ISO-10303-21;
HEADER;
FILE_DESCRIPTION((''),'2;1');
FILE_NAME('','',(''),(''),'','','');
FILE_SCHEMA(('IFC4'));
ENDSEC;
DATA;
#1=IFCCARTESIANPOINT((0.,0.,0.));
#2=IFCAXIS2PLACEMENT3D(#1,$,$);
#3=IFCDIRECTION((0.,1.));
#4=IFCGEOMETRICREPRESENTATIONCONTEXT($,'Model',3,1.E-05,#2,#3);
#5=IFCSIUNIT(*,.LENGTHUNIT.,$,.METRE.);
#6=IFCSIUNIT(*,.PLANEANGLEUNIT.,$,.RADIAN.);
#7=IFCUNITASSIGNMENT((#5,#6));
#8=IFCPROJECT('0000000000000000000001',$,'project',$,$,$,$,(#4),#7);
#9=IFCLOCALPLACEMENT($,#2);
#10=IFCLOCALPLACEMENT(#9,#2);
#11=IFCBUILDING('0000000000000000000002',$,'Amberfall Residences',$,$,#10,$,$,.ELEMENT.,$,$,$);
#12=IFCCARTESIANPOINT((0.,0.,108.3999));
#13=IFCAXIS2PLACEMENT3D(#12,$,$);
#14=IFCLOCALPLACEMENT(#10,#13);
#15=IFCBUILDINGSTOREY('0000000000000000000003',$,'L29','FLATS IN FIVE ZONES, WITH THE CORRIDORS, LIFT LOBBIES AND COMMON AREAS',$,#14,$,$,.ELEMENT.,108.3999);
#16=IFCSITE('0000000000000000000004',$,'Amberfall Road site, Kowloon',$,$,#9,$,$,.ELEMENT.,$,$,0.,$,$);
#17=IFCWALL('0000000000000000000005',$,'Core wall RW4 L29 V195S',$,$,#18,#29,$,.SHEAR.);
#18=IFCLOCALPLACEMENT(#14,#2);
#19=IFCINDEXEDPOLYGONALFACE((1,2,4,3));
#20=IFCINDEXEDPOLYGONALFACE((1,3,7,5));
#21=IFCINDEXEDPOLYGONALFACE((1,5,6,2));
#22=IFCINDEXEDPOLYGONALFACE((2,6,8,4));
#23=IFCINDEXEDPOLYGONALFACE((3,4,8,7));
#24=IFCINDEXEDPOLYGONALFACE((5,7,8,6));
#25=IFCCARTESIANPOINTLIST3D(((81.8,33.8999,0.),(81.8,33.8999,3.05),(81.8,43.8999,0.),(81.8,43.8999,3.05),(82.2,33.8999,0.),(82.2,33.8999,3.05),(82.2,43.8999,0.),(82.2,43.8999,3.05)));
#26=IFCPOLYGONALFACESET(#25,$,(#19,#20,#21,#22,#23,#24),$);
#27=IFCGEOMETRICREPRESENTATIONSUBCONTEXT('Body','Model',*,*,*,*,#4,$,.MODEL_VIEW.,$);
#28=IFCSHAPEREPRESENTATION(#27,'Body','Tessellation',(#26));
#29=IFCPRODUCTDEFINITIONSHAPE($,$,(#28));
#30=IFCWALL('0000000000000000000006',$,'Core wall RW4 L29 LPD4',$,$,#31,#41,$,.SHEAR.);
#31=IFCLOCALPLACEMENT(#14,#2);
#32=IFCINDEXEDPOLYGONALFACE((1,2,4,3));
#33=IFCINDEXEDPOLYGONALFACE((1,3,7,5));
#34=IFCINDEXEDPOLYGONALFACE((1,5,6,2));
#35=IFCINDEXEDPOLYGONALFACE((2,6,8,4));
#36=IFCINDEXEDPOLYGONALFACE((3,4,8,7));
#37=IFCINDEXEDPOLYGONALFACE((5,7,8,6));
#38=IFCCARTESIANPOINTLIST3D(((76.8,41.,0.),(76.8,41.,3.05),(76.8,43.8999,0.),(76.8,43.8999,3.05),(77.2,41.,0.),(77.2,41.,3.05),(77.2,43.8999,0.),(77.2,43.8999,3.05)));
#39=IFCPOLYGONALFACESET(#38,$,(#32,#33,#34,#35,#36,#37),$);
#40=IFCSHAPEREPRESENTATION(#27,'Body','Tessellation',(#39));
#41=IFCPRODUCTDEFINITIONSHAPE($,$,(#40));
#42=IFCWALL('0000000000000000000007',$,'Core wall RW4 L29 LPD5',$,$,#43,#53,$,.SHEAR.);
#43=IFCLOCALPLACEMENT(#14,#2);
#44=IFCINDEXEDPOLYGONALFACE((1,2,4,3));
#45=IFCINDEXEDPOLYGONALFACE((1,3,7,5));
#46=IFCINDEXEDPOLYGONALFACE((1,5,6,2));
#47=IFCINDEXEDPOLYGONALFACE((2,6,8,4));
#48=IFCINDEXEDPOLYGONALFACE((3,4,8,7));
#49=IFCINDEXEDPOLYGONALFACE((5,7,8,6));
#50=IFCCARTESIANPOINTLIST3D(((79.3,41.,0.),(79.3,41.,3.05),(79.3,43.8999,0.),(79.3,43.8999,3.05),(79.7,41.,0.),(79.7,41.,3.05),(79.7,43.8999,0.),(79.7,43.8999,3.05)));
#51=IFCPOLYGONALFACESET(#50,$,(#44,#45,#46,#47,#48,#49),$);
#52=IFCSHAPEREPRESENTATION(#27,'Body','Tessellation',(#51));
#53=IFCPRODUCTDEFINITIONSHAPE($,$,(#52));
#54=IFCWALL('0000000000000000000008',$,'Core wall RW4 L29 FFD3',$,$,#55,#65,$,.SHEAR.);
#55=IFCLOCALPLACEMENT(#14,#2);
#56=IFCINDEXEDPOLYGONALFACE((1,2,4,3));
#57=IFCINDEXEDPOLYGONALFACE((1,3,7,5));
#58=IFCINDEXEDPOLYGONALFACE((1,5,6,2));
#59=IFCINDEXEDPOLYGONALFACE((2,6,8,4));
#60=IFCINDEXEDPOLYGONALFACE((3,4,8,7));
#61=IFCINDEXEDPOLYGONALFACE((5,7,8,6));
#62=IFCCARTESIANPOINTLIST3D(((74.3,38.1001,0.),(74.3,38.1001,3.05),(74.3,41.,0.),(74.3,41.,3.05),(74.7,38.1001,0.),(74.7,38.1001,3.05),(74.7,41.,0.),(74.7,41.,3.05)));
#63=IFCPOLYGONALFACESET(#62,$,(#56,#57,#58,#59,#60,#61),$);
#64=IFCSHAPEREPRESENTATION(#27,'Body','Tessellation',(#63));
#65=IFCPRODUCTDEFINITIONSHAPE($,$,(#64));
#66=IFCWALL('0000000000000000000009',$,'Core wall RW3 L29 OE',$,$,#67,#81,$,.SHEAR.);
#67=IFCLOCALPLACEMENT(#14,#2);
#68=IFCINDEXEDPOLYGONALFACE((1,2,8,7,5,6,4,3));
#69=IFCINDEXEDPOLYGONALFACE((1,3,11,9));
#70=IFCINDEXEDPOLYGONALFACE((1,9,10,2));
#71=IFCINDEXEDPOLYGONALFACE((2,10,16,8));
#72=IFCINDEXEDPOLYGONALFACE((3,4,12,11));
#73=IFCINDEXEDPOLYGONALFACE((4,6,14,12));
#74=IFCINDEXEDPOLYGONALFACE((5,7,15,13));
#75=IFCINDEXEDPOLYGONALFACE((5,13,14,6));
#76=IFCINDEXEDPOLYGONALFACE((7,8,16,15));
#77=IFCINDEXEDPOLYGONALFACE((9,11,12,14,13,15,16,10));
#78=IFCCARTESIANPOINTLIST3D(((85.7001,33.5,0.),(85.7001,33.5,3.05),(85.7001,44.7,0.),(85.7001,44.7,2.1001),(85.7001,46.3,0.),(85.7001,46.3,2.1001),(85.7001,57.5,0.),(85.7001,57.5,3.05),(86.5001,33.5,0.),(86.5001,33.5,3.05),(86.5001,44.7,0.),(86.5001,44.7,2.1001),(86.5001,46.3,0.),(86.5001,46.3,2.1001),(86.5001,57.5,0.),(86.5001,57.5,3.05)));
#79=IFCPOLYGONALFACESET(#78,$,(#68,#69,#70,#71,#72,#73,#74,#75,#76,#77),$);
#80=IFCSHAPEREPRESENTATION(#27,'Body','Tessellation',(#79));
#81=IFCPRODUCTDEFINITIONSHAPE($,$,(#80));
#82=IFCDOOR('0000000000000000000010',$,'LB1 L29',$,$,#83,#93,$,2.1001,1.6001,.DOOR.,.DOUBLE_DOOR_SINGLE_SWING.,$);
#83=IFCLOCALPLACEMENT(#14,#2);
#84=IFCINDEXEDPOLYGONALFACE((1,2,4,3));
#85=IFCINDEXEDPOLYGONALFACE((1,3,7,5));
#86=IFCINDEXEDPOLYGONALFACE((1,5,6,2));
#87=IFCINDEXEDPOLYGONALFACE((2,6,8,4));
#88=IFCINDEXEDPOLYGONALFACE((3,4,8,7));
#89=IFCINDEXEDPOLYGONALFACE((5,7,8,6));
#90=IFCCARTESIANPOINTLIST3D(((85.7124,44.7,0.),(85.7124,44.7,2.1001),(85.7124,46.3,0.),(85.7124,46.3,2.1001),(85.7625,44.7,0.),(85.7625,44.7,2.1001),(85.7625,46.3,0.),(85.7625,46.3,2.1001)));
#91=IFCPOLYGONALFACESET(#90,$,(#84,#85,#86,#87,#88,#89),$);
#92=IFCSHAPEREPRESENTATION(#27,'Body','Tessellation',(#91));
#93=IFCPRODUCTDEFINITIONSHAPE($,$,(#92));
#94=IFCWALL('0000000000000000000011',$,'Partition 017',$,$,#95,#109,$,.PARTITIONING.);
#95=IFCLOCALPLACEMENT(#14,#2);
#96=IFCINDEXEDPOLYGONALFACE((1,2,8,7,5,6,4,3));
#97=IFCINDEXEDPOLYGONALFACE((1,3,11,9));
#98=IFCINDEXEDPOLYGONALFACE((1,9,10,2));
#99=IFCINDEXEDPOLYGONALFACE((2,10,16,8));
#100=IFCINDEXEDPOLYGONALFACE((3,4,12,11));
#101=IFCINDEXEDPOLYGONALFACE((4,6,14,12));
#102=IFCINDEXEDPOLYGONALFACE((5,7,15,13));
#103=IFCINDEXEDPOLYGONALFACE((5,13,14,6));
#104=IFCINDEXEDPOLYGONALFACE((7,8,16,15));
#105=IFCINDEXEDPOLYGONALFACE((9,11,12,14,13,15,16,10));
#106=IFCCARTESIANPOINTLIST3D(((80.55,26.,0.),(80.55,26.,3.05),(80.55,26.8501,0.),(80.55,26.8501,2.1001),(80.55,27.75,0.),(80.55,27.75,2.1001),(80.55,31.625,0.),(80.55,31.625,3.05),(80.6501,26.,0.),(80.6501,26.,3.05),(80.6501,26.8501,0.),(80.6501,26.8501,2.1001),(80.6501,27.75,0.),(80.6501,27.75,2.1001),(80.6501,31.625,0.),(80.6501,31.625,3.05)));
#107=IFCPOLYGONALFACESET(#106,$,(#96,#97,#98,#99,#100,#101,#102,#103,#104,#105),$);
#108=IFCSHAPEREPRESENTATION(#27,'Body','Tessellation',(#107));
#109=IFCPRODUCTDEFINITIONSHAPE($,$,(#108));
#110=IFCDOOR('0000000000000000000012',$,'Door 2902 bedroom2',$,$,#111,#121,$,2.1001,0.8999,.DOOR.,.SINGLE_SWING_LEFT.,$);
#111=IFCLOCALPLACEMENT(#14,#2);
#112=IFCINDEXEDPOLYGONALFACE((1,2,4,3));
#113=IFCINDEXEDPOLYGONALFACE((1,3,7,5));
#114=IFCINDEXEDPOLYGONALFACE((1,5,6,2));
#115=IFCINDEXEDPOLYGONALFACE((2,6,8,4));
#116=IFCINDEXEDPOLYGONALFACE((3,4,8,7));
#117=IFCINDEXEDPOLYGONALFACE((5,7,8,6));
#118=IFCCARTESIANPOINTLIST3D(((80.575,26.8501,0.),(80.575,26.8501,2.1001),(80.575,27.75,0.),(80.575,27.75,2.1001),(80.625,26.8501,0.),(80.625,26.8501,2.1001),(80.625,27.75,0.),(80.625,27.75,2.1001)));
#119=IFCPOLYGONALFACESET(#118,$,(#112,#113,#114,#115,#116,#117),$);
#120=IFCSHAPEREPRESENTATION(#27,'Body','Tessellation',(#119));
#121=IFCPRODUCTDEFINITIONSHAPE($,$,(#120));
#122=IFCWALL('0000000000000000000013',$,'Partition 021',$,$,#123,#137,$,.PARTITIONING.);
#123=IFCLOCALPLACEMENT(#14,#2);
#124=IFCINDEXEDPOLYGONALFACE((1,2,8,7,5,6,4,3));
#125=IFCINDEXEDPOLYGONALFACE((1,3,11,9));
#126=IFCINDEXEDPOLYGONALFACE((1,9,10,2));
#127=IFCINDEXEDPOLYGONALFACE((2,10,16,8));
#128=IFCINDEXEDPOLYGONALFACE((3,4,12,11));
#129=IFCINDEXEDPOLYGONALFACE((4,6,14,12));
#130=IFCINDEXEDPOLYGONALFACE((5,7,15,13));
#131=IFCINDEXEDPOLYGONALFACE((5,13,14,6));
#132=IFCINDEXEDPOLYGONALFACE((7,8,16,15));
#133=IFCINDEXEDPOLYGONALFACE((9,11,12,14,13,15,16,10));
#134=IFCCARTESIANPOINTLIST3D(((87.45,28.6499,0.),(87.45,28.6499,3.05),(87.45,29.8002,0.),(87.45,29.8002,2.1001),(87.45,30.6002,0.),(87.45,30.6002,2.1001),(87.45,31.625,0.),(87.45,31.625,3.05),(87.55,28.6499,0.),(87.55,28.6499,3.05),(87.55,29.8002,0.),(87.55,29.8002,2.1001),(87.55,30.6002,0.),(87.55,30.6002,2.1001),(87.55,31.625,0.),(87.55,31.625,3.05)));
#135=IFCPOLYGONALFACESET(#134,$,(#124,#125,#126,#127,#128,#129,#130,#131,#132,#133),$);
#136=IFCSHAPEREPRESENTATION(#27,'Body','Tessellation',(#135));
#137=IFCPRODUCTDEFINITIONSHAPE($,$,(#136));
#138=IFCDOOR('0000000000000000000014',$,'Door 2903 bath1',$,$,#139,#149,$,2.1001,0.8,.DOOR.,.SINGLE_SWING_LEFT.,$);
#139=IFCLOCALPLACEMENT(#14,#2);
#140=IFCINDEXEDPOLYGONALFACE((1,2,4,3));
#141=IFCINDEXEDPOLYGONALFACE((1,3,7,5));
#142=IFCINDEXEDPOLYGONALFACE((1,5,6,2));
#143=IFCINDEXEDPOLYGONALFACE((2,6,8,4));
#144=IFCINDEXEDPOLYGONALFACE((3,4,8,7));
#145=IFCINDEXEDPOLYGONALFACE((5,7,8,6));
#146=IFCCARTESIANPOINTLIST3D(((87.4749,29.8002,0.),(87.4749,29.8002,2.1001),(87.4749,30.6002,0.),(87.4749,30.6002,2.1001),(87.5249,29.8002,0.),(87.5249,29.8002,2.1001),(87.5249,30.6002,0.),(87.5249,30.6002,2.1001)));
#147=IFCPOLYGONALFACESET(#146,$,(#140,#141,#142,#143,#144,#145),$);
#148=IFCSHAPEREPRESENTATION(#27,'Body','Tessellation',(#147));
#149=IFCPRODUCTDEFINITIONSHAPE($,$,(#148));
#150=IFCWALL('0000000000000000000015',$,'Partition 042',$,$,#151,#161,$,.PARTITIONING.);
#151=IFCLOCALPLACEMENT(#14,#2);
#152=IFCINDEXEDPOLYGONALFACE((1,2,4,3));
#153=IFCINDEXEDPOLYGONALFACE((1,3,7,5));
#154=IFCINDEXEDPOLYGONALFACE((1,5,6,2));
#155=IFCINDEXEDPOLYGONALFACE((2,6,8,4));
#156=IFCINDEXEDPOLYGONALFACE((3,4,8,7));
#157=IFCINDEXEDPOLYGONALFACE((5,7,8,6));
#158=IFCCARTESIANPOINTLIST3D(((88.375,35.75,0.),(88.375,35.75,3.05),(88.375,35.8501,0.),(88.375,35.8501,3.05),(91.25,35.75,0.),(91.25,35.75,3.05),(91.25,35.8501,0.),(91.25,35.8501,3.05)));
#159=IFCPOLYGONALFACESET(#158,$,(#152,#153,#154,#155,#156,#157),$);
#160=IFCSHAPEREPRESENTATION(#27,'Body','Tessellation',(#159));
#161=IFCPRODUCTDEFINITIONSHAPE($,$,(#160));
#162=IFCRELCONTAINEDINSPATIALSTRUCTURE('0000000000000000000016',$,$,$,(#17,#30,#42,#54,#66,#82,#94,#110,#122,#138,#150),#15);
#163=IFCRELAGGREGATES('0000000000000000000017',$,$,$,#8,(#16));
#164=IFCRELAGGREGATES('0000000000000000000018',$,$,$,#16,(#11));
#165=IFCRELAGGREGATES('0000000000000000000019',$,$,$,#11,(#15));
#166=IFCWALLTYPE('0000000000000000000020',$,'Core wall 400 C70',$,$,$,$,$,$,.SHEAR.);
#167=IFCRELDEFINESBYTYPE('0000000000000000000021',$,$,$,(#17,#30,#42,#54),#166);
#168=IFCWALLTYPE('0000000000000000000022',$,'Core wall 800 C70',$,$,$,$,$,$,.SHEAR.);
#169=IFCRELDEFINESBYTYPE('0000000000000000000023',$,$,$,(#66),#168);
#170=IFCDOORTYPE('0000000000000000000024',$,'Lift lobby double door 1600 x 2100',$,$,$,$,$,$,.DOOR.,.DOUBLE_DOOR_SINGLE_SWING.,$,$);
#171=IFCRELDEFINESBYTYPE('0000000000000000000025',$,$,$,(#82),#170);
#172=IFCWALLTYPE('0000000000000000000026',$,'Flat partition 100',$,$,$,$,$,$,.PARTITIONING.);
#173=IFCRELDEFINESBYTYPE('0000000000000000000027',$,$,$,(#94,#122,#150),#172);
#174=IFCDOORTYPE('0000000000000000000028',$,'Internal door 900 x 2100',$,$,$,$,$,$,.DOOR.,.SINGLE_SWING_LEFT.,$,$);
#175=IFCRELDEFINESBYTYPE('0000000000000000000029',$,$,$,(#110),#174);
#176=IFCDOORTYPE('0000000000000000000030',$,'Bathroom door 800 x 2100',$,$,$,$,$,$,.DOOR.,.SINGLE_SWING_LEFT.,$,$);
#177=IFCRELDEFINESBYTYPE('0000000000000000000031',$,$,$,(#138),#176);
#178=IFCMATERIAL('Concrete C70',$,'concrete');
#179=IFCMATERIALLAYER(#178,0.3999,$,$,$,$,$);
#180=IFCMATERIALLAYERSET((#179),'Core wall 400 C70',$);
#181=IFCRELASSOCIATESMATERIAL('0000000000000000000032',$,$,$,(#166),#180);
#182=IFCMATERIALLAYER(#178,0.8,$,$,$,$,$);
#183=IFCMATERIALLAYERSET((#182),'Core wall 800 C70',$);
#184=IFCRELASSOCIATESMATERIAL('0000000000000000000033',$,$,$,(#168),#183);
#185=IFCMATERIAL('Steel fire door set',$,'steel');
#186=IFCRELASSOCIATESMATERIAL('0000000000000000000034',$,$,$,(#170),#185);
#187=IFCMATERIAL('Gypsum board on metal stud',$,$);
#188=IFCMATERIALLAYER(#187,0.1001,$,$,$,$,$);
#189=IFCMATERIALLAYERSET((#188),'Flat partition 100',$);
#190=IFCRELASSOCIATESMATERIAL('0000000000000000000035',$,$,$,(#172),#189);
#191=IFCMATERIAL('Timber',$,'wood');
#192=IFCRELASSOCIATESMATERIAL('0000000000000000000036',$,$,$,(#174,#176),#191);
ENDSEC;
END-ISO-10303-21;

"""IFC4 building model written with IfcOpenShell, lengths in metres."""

from ifc_helpers import new_model, si_unit, direction, frame, frame_2d, origin, place, context, subcontext, project, spatial, rectangle, extrude, material, layer, layer_set, type_object, element, fill, save


model = new_model("IFC4")

# Units and contexts
model_context = context("Model", 3, precision=1e-05, world=origin(), true_north=direction((0.0, 1.0)))
body_context = subcontext(model_context, "Body", "Model", "MODEL_VIEW")
ifc_project = project(units=[si_unit("LENGTHUNIT", "METRE"), si_unit("PLANEANGLEUNIT", "RADIAN")], contexts=[model_context])

# Site, building, storey
site_placement = place(None, origin())
site = spatial("IfcSite", under=ifc_project, at=site_placement, Name="Amberfall Road site, Kowloon", CompositionType="ELEMENT", RefElevation=0.0)
building_placement = place(site_placement, origin())
building = spatial("IfcBuilding", under=site, at=building_placement, Name="Amberfall Residences", CompositionType="ELEMENT")
storey_placement = place(building_placement, frame((0.0, 0.0, 108.3999)))
storey = spatial("IfcBuildingStorey", under=building, at=storey_placement, Name="L29", Description="FLATS IN FIVE ZONES, WITH THE CORRIDORS, LIFT LOBBIES AND COMMON AREAS", CompositionType="ELEMENT", Elevation=108.3999)

# Walls
ifc_material_1 = material(Name="Concrete C70", Category="concrete")
ifc_layer_1 = layer(ifc_material_1, 0.3999)
ifc_layer_set_1 = layer_set([ifc_layer_1], Name="Core wall 400 C70")
wall_type_1 = type_object("IfcWallType", Name="Core wall 400 C70", PredefinedType="SHEAR", material=ifc_layer_set_1)
wall_1_placement = place(storey_placement, frame((82.0, 33.8999, 0.0), z_axis=(0.0, 0.0, 1.0), x_axis=(0.0, 1.0, 0.0)))
element("IfcWall", 1, at=wall_1_placement, inside=storey, type_object=wall_type_1, Name="Core wall RW4 L29 V195S", PredefinedType="SHEAR", context=body_context, shape_type="SweptSolid", body=[
    extrude(rectangle(XDim=10.0, YDim=0.3999, at=frame_2d((5.0, 0.0))), origin(), (0.0, 0.0, 1.0), 3.05),
])
for number, where, z_axis, x_axis, name in (
    (2, (77.0, 41.0, 0.0), (0.0, 0.0, 1.0), (0.0, 1.0, 0.0), "Core wall RW4 L29 LPD4"),
    (3, (79.5, 41.0, 0.0), (0.0, 0.0, 1.0), (0.0, 1.0, 0.0), "Core wall RW4 L29 LPD5"),
    (4, (74.5, 38.1001, 0.0), (0.0, 0.0, 1.0), (0.0, 1.0, 0.0), "Core wall RW4 L29 FFD3"),
):
    element("IfcWall", number, at=place(storey_placement, frame(where, z_axis=z_axis, x_axis=x_axis)), inside=storey, type_object=wall_type_1, Name=name, PredefinedType="SHEAR", context=body_context, shape_type="SweptSolid", body=[
        extrude(rectangle(XDim=2.8999, YDim=0.3999, at=frame_2d((1.45, 0.0))), origin(), (0.0, 0.0, 1.0), 3.05),
    ])

# Walls, openings, doors
ifc_layer_2 = layer(ifc_material_1, 0.8)
ifc_layer_set_2 = layer_set([ifc_layer_2], Name="Core wall 800 C70")
wall_type_2 = type_object("IfcWallType", Name="Core wall 800 C70", PredefinedType="SHEAR", material=ifc_layer_set_2)
wall_2_placement = place(storey_placement, frame((86.1001, 33.5, 0.0), z_axis=(0.0, 0.0, 1.0), x_axis=(0.0, 1.0, 0.0)))
wall_2 = element("IfcWall", 5, at=wall_2_placement, inside=storey, type_object=wall_type_2, Name="Core wall RW3 L29 OE", PredefinedType="SHEAR", context=body_context, shape_type="SweptSolid", body=[
    extrude(rectangle(XDim=24.0, YDim=0.8, at=frame_2d((12.0, 0.0))), origin(), (0.0, 0.0, 1.0), 3.05),
])
opening_1_placement = place(wall_2_placement, frame((11.2, 0.0, 0.0)))
opening_1 = element("IfcOpeningElement", 6, at=opening_1_placement, cuts=wall_2, PredefinedType="OPENING", context=body_context, shape_type="SweptSolid", body=[
    extrude(rectangle(XDim=1.6001, YDim=2.1001, at=frame_2d((0.8, 1.05))), frame((0.0, 0.4099, 0.0), z_axis=(0.0, -1.0, 0.0), x_axis=(1.0, 0.0, 0.0)), (0.0, 0.0, 1.0), 0.8201),
])
ifc_material_2 = material(Name="Steel fire door set", Category="steel")
door_type_1 = type_object("IfcDoorType", Name="Lift lobby double door 1600 x 2100", OperationType="DOUBLE_DOOR_SINGLE_SWING", PredefinedType="DOOR", material=ifc_material_2)
door_1_placement = place(opening_1_placement, origin())
door_1 = element("IfcDoor", 7, at=door_1_placement, inside=storey, type_object=door_type_1, Name="LB1 L29", OperationType="DOUBLE_DOOR_SINGLE_SWING", OverallHeight=2.1001, OverallWidth=1.6001, PredefinedType="DOOR", context=body_context, shape_type="SweptSolid", body=[
    extrude(rectangle(XDim=1.6001, YDim=2.1001, at=frame_2d((0.8, 1.05))), frame((0.0, 0.3877, 0.0), z_axis=(0.0, -1.0, 0.0), x_axis=(1.0, 0.0, 0.0)), (0.0, 0.0, 1.0), 0.05),
])
fill(opening_1, door_1)
ifc_material_3 = material(Name="Gypsum board on metal stud")
ifc_layer_3 = layer(ifc_material_3, 0.1001)
ifc_layer_set_3 = layer_set([ifc_layer_3], Name="Flat partition 100")
wall_type_3 = type_object("IfcWallType", Name="Flat partition 100", PredefinedType="PARTITIONING", material=ifc_layer_set_3)
wall_3_placement = place(storey_placement, frame((80.6001, 31.625, 0.0), z_axis=(0.0, 0.0, 1.0), x_axis=(0.0, -1.0, 0.0)))
wall_3 = element("IfcWall", 8, at=wall_3_placement, inside=storey, type_object=wall_type_3, Name="Partition 017", PredefinedType="PARTITIONING", context=body_context, shape_type="SweptSolid", body=[
    extrude(rectangle(XDim=5.625, YDim=0.1001, at=frame_2d((2.8125, 0.0))), origin(), (0.0, 0.0, 1.0), 3.05),
])
opening_2_placement = place(wall_3_placement, frame((3.875, 0.0, 0.0)))
opening_2 = element("IfcOpeningElement", 9, at=opening_2_placement, cuts=wall_3, PredefinedType="OPENING", context=body_context, shape_type="SweptSolid", body=[
    extrude(rectangle(XDim=0.8999, YDim=2.1001, at=frame_2d((0.45, 1.05))), frame((0.0, 0.0601, 0.0), z_axis=(0.0, -1.0, 0.0), x_axis=(1.0, 0.0, 0.0)), (0.0, 0.0, 1.0), 0.1201),
])
ifc_material_4 = material(Name="Timber", Category="wood")
door_type_2 = type_object("IfcDoorType", Name="Internal door 900 x 2100", OperationType="SINGLE_SWING_LEFT", PredefinedType="DOOR", material=ifc_material_4)
door_2_placement = place(opening_2_placement, origin())
door_2 = element("IfcDoor", 10, at=door_2_placement, inside=storey, type_object=door_type_2, Name="Door 2902 bedroom2", OperationType="SINGLE_SWING_LEFT", OverallHeight=2.1001, OverallWidth=0.8999, PredefinedType="DOOR", context=body_context, shape_type="SweptSolid", body=[
    extrude(rectangle(XDim=0.8999, YDim=2.1001, at=frame_2d((0.45, 1.05))), frame((0.0, 0.0249, 0.0), z_axis=(0.0, -1.0, 0.0), x_axis=(1.0, 0.0, 0.0)), (0.0, 0.0, 1.0), 0.05),
])
fill(opening_2, door_2)
wall_4_placement = place(storey_placement, frame((87.5, 31.625, 0.0), z_axis=(0.0, 0.0, 1.0), x_axis=(0.0, -1.0, 0.0)))
wall_4 = element("IfcWall", 11, at=wall_4_placement, inside=storey, type_object=wall_type_3, Name="Partition 021", PredefinedType="PARTITIONING", context=body_context, shape_type="SweptSolid", body=[
    extrude(rectangle(XDim=2.9751, YDim=0.1001, at=frame_2d((1.4875, 0.0))), origin(), (0.0, 0.0, 1.0), 3.05),
])
opening_3_placement = place(wall_4_placement, frame((1.0249, 0.0, 0.0)))
opening_3 = element("IfcOpeningElement", 12, at=opening_3_placement, cuts=wall_4, PredefinedType="OPENING", context=body_context, shape_type="SweptSolid", body=[
    extrude(rectangle(XDim=0.8, YDim=2.1001, at=frame_2d((0.3999, 1.05))), frame((0.0, 0.0601, 0.0), z_axis=(0.0, -1.0, 0.0), x_axis=(1.0, 0.0, 0.0)), (0.0, 0.0, 1.0), 0.1201),
])
door_type_3 = type_object("IfcDoorType", Name="Bathroom door 800 x 2100", OperationType="SINGLE_SWING_LEFT", PredefinedType="DOOR", material=ifc_material_4)
door_3_placement = place(opening_3_placement, origin())
door_3 = element("IfcDoor", 13, at=door_3_placement, inside=storey, type_object=door_type_3, Name="Door 2903 bath1", OperationType="SINGLE_SWING_LEFT", OverallHeight=2.1001, OverallWidth=0.8, PredefinedType="DOOR", context=body_context, shape_type="SweptSolid", body=[
    extrude(rectangle(XDim=0.8, YDim=2.1001, at=frame_2d((0.3999, 1.05))), frame((0.0, 0.0249, 0.0), z_axis=(0.0, -1.0, 0.0), x_axis=(1.0, 0.0, 0.0)), (0.0, 0.0, 1.0), 0.05),
])
fill(opening_3, door_3)

# Wall
wall_5_placement = place(storey_placement, frame((88.375, 35.8, 0.0), z_axis=(0.0, 0.0, 1.0), x_axis=(1.0, 0.0, 0.0)))
element("IfcWall", 14, at=wall_5_placement, inside=storey, type_object=wall_type_3, Name="Partition 042", PredefinedType="PARTITIONING", context=body_context, shape_type="SweptSolid", body=[
    extrude(rectangle(XDim=2.875, YDim=0.1001, at=frame_2d((1.4375, 0.0))), origin(), (0.0, 0.0, 1.0), 3.05),
])

save(model, "model.ifc")
